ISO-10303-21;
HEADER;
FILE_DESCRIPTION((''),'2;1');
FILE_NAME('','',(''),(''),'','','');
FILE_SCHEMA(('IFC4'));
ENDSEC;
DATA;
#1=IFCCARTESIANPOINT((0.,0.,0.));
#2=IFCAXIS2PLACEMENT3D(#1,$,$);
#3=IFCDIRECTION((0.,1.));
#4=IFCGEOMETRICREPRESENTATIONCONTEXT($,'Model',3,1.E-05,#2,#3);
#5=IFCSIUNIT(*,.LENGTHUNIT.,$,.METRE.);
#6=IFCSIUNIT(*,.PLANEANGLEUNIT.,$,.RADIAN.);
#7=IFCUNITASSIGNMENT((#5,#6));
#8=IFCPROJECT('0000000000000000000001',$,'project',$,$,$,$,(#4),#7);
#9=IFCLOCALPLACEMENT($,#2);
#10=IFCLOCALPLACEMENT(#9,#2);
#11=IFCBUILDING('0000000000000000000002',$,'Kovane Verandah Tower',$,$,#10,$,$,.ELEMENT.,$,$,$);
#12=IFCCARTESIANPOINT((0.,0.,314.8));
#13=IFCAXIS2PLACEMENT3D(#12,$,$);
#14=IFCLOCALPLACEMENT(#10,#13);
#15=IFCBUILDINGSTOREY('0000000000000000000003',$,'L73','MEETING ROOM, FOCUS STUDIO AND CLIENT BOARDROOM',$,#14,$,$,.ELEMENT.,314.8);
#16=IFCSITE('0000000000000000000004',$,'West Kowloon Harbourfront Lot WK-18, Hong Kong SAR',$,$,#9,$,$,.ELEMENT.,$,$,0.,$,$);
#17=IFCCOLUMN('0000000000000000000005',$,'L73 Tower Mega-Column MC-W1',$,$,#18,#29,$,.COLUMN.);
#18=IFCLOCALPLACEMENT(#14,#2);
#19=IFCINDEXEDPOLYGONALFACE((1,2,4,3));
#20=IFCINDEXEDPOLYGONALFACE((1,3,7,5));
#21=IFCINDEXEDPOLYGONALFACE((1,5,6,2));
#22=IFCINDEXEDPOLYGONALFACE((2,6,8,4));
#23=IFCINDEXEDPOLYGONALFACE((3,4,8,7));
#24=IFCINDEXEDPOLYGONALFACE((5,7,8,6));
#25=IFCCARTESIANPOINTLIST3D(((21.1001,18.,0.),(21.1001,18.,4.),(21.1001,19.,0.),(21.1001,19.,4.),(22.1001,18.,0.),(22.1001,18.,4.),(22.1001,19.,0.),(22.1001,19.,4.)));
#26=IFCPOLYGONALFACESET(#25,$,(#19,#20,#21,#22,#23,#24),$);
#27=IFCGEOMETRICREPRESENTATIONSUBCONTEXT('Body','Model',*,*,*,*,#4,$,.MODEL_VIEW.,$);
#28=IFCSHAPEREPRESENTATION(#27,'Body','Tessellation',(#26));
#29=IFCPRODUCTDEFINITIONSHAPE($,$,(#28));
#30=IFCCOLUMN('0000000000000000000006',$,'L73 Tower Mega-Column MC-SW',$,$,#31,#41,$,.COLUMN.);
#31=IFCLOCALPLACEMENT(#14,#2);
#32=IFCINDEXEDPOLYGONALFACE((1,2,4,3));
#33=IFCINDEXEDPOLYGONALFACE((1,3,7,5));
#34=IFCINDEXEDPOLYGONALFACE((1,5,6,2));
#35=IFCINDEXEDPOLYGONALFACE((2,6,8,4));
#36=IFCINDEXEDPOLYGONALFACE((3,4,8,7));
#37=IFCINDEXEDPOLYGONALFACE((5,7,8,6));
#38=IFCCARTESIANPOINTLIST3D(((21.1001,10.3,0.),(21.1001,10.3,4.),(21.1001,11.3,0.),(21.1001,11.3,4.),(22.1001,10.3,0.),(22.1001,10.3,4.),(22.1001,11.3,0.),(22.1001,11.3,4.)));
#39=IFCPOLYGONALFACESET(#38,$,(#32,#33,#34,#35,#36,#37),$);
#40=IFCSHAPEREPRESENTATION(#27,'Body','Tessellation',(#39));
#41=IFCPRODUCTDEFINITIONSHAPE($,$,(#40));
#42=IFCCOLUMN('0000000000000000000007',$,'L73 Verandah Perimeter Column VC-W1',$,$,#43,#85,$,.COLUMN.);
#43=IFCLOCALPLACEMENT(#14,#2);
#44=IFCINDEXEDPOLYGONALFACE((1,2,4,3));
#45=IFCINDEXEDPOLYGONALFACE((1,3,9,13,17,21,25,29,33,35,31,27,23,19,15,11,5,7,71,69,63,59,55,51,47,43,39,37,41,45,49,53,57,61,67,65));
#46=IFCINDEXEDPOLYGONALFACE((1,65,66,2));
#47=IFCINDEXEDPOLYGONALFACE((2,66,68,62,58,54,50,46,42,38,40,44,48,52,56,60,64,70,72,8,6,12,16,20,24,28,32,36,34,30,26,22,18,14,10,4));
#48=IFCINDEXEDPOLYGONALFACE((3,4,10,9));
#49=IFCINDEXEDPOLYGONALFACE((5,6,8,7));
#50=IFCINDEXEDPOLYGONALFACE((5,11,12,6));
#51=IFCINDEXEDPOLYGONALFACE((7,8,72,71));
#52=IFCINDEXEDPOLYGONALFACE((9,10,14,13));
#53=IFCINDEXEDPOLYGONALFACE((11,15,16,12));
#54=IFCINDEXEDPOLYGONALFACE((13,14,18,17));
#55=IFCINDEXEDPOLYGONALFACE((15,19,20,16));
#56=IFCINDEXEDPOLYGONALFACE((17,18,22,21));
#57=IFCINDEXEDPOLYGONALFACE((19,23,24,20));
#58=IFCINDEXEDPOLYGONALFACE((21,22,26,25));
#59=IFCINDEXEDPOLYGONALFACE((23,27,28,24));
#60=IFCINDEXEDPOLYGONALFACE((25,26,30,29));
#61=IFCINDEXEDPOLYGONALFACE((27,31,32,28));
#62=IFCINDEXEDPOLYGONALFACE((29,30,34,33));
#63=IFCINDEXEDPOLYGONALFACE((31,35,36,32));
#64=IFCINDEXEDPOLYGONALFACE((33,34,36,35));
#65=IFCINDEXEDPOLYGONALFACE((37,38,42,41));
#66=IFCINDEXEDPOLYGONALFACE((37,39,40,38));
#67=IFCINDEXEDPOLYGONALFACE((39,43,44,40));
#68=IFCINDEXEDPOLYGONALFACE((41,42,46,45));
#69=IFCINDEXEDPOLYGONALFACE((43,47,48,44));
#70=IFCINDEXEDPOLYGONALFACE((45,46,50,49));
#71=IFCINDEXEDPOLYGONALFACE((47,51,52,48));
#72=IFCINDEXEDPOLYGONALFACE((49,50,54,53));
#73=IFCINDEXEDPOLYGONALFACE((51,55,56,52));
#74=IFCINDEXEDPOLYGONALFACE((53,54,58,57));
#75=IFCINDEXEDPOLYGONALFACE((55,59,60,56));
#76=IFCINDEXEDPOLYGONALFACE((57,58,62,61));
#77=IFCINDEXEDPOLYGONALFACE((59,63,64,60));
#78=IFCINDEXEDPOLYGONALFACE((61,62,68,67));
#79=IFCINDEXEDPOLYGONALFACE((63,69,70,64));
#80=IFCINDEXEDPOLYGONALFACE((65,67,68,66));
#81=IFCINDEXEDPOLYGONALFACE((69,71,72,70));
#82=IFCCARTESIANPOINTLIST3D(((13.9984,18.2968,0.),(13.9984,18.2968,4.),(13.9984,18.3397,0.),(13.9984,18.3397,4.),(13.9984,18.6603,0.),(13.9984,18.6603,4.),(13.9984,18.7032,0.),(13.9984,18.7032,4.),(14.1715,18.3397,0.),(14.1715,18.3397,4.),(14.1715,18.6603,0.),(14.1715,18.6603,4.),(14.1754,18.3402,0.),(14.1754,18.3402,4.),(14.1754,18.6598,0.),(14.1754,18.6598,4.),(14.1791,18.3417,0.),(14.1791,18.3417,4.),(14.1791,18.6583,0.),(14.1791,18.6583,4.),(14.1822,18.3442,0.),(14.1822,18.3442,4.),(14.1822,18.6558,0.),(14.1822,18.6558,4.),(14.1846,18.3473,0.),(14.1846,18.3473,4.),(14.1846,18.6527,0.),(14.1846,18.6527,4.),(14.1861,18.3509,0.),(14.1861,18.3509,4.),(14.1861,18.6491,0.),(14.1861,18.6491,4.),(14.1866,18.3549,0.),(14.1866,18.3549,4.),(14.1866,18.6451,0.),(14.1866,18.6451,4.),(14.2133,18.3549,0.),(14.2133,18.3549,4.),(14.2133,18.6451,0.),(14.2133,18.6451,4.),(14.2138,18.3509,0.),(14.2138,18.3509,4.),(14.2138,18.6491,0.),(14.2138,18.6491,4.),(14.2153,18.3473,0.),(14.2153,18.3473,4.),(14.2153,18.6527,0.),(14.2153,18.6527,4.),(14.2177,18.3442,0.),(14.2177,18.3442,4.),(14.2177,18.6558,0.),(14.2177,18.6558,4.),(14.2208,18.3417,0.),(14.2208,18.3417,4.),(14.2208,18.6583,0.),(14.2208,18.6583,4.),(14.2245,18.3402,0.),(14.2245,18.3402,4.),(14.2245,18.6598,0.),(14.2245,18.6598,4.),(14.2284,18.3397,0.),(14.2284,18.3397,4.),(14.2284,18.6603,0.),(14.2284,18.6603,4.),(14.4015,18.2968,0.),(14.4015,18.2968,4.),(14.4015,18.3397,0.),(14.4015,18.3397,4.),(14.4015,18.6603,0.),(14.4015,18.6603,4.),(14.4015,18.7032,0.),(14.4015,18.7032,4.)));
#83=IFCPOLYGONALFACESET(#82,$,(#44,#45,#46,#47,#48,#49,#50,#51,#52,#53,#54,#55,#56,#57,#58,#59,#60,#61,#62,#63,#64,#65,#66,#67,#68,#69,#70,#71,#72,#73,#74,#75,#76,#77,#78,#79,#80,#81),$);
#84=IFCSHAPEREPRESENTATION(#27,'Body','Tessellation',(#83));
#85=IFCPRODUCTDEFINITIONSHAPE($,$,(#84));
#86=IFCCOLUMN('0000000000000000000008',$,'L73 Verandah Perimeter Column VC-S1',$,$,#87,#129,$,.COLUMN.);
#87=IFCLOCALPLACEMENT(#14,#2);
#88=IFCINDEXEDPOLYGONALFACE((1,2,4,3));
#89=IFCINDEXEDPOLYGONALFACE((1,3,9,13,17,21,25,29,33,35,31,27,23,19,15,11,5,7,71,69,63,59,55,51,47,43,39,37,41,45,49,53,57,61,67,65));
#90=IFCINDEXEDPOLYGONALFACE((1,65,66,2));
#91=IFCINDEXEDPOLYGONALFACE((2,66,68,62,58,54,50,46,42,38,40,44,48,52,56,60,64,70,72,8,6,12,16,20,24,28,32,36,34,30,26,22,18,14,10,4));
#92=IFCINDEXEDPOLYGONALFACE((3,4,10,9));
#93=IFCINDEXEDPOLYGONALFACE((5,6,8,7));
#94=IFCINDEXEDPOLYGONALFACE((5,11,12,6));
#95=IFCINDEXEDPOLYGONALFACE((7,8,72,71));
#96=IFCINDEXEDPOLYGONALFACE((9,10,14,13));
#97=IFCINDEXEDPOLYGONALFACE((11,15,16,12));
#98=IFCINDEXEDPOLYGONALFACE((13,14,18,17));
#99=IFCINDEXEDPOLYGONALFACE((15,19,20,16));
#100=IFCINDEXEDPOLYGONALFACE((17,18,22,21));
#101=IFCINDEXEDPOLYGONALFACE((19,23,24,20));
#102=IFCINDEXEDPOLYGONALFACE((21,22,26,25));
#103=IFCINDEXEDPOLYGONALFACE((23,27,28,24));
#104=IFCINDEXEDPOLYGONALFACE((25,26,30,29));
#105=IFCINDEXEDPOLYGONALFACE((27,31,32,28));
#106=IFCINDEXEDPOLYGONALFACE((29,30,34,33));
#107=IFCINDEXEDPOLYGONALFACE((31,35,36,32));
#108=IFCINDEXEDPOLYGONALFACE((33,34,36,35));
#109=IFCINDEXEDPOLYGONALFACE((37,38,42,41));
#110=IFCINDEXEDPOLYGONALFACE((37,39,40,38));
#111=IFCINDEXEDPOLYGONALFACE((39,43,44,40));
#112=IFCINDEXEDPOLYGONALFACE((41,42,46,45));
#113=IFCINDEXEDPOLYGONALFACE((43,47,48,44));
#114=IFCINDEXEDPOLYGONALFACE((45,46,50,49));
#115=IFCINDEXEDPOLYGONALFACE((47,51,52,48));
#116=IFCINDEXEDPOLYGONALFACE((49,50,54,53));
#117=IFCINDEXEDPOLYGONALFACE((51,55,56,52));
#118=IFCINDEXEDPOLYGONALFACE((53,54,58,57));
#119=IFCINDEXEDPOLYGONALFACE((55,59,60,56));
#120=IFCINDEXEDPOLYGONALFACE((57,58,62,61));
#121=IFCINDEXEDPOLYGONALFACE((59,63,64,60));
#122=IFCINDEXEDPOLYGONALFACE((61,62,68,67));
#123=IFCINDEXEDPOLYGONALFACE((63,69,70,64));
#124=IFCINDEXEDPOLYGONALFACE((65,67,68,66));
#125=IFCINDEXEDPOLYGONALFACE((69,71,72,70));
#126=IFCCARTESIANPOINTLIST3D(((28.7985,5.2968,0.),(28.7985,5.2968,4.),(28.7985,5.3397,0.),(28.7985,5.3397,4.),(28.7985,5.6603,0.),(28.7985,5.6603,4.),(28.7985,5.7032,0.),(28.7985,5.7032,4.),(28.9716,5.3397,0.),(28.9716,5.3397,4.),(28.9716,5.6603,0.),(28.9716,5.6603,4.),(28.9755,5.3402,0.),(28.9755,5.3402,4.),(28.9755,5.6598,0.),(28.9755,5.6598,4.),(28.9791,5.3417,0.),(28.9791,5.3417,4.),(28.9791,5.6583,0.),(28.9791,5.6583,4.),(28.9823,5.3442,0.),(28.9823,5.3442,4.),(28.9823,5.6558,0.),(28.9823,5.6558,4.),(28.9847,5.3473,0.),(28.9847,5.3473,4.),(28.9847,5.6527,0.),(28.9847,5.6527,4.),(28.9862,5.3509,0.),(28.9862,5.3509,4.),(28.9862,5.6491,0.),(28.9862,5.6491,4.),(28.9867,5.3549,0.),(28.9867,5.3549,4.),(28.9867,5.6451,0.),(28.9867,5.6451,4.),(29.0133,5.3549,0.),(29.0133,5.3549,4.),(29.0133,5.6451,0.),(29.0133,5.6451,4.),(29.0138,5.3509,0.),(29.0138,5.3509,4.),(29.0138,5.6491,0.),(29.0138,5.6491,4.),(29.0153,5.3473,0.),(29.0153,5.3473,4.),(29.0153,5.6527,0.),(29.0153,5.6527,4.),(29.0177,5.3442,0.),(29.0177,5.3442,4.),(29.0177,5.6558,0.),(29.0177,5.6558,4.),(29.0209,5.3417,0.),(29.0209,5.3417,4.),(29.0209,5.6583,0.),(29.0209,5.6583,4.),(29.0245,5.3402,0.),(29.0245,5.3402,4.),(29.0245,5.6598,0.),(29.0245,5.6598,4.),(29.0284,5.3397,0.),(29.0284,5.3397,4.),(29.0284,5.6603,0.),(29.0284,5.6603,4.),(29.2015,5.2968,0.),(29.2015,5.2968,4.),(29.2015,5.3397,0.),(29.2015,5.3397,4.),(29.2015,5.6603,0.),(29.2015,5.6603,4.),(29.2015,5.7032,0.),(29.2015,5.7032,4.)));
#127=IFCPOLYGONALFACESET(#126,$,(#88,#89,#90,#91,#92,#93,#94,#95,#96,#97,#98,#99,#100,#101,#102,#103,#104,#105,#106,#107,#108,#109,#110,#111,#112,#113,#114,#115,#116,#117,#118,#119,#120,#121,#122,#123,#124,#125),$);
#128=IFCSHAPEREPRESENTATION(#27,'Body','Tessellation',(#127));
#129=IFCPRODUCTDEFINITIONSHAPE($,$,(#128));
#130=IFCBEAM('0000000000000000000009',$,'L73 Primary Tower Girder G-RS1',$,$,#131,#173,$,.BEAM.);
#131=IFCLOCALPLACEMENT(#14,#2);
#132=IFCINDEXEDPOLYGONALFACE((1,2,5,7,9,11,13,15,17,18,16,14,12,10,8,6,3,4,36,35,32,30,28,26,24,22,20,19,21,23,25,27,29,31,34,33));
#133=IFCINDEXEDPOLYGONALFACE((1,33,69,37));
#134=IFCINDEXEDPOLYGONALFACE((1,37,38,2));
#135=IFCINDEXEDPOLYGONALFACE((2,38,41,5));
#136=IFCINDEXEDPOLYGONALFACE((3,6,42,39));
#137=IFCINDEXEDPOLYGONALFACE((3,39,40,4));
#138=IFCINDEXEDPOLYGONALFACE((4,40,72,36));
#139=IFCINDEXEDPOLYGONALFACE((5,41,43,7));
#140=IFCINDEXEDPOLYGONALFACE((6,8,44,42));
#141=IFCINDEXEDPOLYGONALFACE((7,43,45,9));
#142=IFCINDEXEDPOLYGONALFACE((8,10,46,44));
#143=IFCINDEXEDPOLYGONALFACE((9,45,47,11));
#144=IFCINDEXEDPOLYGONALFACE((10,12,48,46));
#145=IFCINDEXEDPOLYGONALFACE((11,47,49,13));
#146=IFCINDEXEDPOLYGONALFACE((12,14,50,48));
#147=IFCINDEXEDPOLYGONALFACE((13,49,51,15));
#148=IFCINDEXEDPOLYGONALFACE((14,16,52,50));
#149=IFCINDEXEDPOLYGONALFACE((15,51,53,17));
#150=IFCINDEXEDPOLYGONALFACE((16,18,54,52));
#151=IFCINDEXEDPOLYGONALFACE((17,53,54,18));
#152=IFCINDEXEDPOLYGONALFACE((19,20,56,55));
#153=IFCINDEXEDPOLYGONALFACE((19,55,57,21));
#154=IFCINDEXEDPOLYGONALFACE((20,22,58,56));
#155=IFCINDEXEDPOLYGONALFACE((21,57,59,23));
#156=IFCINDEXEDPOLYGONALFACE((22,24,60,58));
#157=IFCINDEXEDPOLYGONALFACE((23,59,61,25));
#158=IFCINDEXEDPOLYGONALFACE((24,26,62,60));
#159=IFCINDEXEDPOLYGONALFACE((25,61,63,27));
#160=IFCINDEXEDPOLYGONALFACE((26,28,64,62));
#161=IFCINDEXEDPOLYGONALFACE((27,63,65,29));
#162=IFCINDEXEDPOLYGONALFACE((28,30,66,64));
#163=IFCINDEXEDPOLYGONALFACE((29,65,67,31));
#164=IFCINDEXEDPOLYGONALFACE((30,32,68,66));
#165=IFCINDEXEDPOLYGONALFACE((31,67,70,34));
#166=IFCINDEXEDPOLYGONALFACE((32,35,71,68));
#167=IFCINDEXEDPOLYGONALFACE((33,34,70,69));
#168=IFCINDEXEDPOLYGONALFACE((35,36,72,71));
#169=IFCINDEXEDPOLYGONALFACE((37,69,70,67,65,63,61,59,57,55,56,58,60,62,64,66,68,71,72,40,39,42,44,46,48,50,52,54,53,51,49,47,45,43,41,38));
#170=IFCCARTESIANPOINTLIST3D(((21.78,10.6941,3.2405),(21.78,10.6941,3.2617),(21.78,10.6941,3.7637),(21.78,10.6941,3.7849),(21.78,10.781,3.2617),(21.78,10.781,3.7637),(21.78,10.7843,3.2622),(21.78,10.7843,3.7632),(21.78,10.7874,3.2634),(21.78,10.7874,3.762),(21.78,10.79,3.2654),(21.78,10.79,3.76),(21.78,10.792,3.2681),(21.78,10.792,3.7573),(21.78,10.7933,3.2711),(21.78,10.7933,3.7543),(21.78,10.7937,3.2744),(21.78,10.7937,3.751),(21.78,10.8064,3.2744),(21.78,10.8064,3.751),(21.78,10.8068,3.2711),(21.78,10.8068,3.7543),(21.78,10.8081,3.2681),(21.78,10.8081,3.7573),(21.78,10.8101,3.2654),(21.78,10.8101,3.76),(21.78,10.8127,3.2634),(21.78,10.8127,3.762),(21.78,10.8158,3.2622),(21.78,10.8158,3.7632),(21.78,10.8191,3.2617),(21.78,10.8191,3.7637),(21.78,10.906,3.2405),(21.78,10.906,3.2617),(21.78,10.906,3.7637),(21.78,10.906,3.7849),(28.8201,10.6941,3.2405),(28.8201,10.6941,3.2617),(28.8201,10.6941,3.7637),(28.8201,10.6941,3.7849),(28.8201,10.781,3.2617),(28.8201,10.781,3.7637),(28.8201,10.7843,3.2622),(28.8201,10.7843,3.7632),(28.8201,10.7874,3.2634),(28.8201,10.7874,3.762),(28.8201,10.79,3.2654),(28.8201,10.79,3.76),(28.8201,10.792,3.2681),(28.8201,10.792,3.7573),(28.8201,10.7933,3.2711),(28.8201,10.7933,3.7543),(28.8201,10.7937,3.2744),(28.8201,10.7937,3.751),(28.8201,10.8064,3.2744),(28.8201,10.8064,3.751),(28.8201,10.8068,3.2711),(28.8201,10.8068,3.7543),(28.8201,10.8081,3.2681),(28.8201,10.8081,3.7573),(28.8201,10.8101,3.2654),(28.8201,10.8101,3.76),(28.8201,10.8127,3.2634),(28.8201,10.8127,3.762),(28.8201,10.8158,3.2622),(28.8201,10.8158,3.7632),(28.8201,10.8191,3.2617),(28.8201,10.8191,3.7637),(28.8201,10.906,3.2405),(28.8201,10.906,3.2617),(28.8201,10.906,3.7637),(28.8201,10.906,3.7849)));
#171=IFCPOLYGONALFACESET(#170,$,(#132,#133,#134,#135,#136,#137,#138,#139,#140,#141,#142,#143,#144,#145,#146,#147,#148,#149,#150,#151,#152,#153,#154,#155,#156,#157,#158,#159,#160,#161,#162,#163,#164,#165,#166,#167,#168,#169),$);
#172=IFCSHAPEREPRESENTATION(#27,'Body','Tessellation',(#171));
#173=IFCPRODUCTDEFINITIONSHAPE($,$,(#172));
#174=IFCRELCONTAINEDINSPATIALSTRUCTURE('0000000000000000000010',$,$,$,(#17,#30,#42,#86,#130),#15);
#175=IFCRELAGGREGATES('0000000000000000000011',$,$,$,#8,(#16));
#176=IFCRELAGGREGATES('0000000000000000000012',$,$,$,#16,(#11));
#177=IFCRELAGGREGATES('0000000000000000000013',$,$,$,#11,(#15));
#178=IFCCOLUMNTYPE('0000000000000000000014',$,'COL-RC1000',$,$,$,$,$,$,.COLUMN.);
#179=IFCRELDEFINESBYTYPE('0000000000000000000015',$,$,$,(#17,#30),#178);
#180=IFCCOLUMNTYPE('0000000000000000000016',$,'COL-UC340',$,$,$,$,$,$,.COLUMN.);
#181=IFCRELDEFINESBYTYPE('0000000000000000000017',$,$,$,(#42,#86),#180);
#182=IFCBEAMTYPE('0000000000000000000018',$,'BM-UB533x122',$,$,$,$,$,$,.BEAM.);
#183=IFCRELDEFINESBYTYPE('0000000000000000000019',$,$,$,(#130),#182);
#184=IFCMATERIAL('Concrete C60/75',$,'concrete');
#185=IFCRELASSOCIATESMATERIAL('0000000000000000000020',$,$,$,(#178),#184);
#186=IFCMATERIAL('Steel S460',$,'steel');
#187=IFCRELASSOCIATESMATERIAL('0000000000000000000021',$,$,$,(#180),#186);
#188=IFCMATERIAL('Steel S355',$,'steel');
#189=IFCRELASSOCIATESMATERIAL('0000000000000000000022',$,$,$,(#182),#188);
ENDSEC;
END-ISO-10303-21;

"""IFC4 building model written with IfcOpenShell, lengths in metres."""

from ifc_helpers import new_model, si_unit, direction, frame, origin, origin_2d, place, context, subcontext, project, spatial, rectangle, i_section, extrude, material, material_profile, profile_set, type_object, element, save


model = new_model("IFC4")

# Units and contexts
model_context = context("Model", 3, precision=1e-05, world=origin(), true_north=direction((0.0, 1.0)))
body_context = subcontext(model_context, "Body", "Model", "MODEL_VIEW")
ifc_project = project(units=[si_unit("LENGTHUNIT", "METRE"), si_unit("PLANEANGLEUNIT", "RADIAN")], contexts=[model_context])

# Site, building, storey
site_placement = place(None, origin())
site = spatial("IfcSite", under=ifc_project, at=site_placement, Name="West Kowloon Harbourfront Lot WK-18, Hong Kong SAR", CompositionType="ELEMENT", RefElevation=0.0)
building_placement = place(site_placement, origin())
building = spatial("IfcBuilding", under=site, at=building_placement, Name="Kovane Verandah Tower", CompositionType="ELEMENT")
storey_placement = place(building_placement, frame((0.0, 0.0, 314.8)))
storey = spatial("IfcBuildingStorey", under=building, at=storey_placement, Name="L73", Description="MEETING ROOM, FOCUS STUDIO AND CLIENT BOARDROOM", CompositionType="ELEMENT", Elevation=314.8)

# Columns
ifc_material_1 = material(Name="Concrete C60/75", Category="concrete")
ifc_material_profile_1 = material_profile(ifc_material_1, rectangle(XDim=1.0, YDim=1.0, at=origin_2d()), Name="RC1000x1000")
ifc_profile_set_1 = profile_set([ifc_material_profile_1], Name="Concrete C60/75")
column_type_1 = type_object("IfcColumnType", Name="COL-RC1000", PredefinedType="COLUMN", material=ifc_profile_set_1)
for number, where, z_axis, x_axis, name in (
    (1, (21.6001, 18.5, 0.0), (0.0, 0.0, 1.0), (1.0, 0.0, 0.0), "L73 Tower Mega-Column MC-W1"),
    (2, (21.6001, 10.8, 0.0), (0.0, 0.0, 1.0), (1.0, 0.0, 0.0), "L73 Tower Mega-Column MC-SW"),
):
    element("IfcColumn", number, at=place(storey_placement, frame(where, z_axis=z_axis, x_axis=x_axis)), inside=storey, type_object=column_type_1, Name=name, PredefinedType="COLUMN", context=body_context, shape_type="SweptSolid", body=[
        extrude(rectangle(XDim=1.0, YDim=1.0, at=origin_2d()), origin(), (0.0, 0.0, 1.0), 4.0),
    ])
ifc_material_2 = material(Name="Steel S460", Category="steel")
ifc_material_profile_2 = material_profile(ifc_material_2, i_section(OverallWidth=0.4031, OverallDepth=0.4065, WebThickness=0.0266, FlangeThickness=0.043, FilletRadius=0.0151, at=origin_2d()), Name="UC356x406x340")
ifc_profile_set_2 = profile_set([ifc_material_profile_2], Name="Steel S460")
column_type_2 = type_object("IfcColumnType", Name="COL-UC340", PredefinedType="COLUMN", material=ifc_profile_set_2)
for number, where, z_axis, x_axis, name in (
    (3, (14.2, 18.5, 0.0), (0.0, 0.0, 1.0), (1.0, 0.0, 0.0), "L73 Verandah Perimeter Column VC-W1"),
    (4, (29.0, 5.5, 0.0), (0.0, 0.0, 1.0), (1.0, 0.0, 0.0), "L73 Verandah Perimeter Column VC-S1"),
):
    element("IfcColumn", number, at=place(storey_placement, frame(where, z_axis=z_axis, x_axis=x_axis)), inside=storey, type_object=column_type_2, Name=name, PredefinedType="COLUMN", context=body_context, shape_type="SweptSolid", body=[
        extrude(i_section(OverallWidth=0.4031, OverallDepth=0.4065, WebThickness=0.0266, FlangeThickness=0.043, FilletRadius=0.0151, at=origin_2d()), origin(), (0.0, 0.0, 1.0), 4.0),
    ])

# Beam
ifc_material_3 = material(Name="Steel S355", Category="steel")
ifc_material_profile_3 = material_profile(ifc_material_3, i_section(OverallWidth=0.2119, OverallDepth=0.5444, WebThickness=0.0127, FlangeThickness=0.0212, FilletRadius=0.0127, at=origin_2d()), Name="UB533x210x122")
ifc_profile_set_3 = profile_set([ifc_material_profile_3], Name="Steel S355")
beam_type_1 = type_object("IfcBeamType", Name="BM-UB533x122", PredefinedType="BEAM", material=ifc_profile_set_3)
beam_1_placement = place(storey_placement, frame((21.78, 10.8, 3.5127), z_axis=(1.0, 0.0, 0.0), x_axis=(0.0, 1.0, 0.0)))
element("IfcBeam", 5, at=beam_1_placement, inside=storey, type_object=beam_type_1, Name="L73 Primary Tower Girder G-RS1", PredefinedType="BEAM", context=body_context, shape_type="SweptSolid", body=[
    extrude(i_section(OverallWidth=0.2119, OverallDepth=0.5444, WebThickness=0.0127, FlangeThickness=0.0212, FilletRadius=0.0127, at=origin_2d()), origin(), (0.0, 0.0, 1.0), 7.04),
])

save(model, "model.ifc")
